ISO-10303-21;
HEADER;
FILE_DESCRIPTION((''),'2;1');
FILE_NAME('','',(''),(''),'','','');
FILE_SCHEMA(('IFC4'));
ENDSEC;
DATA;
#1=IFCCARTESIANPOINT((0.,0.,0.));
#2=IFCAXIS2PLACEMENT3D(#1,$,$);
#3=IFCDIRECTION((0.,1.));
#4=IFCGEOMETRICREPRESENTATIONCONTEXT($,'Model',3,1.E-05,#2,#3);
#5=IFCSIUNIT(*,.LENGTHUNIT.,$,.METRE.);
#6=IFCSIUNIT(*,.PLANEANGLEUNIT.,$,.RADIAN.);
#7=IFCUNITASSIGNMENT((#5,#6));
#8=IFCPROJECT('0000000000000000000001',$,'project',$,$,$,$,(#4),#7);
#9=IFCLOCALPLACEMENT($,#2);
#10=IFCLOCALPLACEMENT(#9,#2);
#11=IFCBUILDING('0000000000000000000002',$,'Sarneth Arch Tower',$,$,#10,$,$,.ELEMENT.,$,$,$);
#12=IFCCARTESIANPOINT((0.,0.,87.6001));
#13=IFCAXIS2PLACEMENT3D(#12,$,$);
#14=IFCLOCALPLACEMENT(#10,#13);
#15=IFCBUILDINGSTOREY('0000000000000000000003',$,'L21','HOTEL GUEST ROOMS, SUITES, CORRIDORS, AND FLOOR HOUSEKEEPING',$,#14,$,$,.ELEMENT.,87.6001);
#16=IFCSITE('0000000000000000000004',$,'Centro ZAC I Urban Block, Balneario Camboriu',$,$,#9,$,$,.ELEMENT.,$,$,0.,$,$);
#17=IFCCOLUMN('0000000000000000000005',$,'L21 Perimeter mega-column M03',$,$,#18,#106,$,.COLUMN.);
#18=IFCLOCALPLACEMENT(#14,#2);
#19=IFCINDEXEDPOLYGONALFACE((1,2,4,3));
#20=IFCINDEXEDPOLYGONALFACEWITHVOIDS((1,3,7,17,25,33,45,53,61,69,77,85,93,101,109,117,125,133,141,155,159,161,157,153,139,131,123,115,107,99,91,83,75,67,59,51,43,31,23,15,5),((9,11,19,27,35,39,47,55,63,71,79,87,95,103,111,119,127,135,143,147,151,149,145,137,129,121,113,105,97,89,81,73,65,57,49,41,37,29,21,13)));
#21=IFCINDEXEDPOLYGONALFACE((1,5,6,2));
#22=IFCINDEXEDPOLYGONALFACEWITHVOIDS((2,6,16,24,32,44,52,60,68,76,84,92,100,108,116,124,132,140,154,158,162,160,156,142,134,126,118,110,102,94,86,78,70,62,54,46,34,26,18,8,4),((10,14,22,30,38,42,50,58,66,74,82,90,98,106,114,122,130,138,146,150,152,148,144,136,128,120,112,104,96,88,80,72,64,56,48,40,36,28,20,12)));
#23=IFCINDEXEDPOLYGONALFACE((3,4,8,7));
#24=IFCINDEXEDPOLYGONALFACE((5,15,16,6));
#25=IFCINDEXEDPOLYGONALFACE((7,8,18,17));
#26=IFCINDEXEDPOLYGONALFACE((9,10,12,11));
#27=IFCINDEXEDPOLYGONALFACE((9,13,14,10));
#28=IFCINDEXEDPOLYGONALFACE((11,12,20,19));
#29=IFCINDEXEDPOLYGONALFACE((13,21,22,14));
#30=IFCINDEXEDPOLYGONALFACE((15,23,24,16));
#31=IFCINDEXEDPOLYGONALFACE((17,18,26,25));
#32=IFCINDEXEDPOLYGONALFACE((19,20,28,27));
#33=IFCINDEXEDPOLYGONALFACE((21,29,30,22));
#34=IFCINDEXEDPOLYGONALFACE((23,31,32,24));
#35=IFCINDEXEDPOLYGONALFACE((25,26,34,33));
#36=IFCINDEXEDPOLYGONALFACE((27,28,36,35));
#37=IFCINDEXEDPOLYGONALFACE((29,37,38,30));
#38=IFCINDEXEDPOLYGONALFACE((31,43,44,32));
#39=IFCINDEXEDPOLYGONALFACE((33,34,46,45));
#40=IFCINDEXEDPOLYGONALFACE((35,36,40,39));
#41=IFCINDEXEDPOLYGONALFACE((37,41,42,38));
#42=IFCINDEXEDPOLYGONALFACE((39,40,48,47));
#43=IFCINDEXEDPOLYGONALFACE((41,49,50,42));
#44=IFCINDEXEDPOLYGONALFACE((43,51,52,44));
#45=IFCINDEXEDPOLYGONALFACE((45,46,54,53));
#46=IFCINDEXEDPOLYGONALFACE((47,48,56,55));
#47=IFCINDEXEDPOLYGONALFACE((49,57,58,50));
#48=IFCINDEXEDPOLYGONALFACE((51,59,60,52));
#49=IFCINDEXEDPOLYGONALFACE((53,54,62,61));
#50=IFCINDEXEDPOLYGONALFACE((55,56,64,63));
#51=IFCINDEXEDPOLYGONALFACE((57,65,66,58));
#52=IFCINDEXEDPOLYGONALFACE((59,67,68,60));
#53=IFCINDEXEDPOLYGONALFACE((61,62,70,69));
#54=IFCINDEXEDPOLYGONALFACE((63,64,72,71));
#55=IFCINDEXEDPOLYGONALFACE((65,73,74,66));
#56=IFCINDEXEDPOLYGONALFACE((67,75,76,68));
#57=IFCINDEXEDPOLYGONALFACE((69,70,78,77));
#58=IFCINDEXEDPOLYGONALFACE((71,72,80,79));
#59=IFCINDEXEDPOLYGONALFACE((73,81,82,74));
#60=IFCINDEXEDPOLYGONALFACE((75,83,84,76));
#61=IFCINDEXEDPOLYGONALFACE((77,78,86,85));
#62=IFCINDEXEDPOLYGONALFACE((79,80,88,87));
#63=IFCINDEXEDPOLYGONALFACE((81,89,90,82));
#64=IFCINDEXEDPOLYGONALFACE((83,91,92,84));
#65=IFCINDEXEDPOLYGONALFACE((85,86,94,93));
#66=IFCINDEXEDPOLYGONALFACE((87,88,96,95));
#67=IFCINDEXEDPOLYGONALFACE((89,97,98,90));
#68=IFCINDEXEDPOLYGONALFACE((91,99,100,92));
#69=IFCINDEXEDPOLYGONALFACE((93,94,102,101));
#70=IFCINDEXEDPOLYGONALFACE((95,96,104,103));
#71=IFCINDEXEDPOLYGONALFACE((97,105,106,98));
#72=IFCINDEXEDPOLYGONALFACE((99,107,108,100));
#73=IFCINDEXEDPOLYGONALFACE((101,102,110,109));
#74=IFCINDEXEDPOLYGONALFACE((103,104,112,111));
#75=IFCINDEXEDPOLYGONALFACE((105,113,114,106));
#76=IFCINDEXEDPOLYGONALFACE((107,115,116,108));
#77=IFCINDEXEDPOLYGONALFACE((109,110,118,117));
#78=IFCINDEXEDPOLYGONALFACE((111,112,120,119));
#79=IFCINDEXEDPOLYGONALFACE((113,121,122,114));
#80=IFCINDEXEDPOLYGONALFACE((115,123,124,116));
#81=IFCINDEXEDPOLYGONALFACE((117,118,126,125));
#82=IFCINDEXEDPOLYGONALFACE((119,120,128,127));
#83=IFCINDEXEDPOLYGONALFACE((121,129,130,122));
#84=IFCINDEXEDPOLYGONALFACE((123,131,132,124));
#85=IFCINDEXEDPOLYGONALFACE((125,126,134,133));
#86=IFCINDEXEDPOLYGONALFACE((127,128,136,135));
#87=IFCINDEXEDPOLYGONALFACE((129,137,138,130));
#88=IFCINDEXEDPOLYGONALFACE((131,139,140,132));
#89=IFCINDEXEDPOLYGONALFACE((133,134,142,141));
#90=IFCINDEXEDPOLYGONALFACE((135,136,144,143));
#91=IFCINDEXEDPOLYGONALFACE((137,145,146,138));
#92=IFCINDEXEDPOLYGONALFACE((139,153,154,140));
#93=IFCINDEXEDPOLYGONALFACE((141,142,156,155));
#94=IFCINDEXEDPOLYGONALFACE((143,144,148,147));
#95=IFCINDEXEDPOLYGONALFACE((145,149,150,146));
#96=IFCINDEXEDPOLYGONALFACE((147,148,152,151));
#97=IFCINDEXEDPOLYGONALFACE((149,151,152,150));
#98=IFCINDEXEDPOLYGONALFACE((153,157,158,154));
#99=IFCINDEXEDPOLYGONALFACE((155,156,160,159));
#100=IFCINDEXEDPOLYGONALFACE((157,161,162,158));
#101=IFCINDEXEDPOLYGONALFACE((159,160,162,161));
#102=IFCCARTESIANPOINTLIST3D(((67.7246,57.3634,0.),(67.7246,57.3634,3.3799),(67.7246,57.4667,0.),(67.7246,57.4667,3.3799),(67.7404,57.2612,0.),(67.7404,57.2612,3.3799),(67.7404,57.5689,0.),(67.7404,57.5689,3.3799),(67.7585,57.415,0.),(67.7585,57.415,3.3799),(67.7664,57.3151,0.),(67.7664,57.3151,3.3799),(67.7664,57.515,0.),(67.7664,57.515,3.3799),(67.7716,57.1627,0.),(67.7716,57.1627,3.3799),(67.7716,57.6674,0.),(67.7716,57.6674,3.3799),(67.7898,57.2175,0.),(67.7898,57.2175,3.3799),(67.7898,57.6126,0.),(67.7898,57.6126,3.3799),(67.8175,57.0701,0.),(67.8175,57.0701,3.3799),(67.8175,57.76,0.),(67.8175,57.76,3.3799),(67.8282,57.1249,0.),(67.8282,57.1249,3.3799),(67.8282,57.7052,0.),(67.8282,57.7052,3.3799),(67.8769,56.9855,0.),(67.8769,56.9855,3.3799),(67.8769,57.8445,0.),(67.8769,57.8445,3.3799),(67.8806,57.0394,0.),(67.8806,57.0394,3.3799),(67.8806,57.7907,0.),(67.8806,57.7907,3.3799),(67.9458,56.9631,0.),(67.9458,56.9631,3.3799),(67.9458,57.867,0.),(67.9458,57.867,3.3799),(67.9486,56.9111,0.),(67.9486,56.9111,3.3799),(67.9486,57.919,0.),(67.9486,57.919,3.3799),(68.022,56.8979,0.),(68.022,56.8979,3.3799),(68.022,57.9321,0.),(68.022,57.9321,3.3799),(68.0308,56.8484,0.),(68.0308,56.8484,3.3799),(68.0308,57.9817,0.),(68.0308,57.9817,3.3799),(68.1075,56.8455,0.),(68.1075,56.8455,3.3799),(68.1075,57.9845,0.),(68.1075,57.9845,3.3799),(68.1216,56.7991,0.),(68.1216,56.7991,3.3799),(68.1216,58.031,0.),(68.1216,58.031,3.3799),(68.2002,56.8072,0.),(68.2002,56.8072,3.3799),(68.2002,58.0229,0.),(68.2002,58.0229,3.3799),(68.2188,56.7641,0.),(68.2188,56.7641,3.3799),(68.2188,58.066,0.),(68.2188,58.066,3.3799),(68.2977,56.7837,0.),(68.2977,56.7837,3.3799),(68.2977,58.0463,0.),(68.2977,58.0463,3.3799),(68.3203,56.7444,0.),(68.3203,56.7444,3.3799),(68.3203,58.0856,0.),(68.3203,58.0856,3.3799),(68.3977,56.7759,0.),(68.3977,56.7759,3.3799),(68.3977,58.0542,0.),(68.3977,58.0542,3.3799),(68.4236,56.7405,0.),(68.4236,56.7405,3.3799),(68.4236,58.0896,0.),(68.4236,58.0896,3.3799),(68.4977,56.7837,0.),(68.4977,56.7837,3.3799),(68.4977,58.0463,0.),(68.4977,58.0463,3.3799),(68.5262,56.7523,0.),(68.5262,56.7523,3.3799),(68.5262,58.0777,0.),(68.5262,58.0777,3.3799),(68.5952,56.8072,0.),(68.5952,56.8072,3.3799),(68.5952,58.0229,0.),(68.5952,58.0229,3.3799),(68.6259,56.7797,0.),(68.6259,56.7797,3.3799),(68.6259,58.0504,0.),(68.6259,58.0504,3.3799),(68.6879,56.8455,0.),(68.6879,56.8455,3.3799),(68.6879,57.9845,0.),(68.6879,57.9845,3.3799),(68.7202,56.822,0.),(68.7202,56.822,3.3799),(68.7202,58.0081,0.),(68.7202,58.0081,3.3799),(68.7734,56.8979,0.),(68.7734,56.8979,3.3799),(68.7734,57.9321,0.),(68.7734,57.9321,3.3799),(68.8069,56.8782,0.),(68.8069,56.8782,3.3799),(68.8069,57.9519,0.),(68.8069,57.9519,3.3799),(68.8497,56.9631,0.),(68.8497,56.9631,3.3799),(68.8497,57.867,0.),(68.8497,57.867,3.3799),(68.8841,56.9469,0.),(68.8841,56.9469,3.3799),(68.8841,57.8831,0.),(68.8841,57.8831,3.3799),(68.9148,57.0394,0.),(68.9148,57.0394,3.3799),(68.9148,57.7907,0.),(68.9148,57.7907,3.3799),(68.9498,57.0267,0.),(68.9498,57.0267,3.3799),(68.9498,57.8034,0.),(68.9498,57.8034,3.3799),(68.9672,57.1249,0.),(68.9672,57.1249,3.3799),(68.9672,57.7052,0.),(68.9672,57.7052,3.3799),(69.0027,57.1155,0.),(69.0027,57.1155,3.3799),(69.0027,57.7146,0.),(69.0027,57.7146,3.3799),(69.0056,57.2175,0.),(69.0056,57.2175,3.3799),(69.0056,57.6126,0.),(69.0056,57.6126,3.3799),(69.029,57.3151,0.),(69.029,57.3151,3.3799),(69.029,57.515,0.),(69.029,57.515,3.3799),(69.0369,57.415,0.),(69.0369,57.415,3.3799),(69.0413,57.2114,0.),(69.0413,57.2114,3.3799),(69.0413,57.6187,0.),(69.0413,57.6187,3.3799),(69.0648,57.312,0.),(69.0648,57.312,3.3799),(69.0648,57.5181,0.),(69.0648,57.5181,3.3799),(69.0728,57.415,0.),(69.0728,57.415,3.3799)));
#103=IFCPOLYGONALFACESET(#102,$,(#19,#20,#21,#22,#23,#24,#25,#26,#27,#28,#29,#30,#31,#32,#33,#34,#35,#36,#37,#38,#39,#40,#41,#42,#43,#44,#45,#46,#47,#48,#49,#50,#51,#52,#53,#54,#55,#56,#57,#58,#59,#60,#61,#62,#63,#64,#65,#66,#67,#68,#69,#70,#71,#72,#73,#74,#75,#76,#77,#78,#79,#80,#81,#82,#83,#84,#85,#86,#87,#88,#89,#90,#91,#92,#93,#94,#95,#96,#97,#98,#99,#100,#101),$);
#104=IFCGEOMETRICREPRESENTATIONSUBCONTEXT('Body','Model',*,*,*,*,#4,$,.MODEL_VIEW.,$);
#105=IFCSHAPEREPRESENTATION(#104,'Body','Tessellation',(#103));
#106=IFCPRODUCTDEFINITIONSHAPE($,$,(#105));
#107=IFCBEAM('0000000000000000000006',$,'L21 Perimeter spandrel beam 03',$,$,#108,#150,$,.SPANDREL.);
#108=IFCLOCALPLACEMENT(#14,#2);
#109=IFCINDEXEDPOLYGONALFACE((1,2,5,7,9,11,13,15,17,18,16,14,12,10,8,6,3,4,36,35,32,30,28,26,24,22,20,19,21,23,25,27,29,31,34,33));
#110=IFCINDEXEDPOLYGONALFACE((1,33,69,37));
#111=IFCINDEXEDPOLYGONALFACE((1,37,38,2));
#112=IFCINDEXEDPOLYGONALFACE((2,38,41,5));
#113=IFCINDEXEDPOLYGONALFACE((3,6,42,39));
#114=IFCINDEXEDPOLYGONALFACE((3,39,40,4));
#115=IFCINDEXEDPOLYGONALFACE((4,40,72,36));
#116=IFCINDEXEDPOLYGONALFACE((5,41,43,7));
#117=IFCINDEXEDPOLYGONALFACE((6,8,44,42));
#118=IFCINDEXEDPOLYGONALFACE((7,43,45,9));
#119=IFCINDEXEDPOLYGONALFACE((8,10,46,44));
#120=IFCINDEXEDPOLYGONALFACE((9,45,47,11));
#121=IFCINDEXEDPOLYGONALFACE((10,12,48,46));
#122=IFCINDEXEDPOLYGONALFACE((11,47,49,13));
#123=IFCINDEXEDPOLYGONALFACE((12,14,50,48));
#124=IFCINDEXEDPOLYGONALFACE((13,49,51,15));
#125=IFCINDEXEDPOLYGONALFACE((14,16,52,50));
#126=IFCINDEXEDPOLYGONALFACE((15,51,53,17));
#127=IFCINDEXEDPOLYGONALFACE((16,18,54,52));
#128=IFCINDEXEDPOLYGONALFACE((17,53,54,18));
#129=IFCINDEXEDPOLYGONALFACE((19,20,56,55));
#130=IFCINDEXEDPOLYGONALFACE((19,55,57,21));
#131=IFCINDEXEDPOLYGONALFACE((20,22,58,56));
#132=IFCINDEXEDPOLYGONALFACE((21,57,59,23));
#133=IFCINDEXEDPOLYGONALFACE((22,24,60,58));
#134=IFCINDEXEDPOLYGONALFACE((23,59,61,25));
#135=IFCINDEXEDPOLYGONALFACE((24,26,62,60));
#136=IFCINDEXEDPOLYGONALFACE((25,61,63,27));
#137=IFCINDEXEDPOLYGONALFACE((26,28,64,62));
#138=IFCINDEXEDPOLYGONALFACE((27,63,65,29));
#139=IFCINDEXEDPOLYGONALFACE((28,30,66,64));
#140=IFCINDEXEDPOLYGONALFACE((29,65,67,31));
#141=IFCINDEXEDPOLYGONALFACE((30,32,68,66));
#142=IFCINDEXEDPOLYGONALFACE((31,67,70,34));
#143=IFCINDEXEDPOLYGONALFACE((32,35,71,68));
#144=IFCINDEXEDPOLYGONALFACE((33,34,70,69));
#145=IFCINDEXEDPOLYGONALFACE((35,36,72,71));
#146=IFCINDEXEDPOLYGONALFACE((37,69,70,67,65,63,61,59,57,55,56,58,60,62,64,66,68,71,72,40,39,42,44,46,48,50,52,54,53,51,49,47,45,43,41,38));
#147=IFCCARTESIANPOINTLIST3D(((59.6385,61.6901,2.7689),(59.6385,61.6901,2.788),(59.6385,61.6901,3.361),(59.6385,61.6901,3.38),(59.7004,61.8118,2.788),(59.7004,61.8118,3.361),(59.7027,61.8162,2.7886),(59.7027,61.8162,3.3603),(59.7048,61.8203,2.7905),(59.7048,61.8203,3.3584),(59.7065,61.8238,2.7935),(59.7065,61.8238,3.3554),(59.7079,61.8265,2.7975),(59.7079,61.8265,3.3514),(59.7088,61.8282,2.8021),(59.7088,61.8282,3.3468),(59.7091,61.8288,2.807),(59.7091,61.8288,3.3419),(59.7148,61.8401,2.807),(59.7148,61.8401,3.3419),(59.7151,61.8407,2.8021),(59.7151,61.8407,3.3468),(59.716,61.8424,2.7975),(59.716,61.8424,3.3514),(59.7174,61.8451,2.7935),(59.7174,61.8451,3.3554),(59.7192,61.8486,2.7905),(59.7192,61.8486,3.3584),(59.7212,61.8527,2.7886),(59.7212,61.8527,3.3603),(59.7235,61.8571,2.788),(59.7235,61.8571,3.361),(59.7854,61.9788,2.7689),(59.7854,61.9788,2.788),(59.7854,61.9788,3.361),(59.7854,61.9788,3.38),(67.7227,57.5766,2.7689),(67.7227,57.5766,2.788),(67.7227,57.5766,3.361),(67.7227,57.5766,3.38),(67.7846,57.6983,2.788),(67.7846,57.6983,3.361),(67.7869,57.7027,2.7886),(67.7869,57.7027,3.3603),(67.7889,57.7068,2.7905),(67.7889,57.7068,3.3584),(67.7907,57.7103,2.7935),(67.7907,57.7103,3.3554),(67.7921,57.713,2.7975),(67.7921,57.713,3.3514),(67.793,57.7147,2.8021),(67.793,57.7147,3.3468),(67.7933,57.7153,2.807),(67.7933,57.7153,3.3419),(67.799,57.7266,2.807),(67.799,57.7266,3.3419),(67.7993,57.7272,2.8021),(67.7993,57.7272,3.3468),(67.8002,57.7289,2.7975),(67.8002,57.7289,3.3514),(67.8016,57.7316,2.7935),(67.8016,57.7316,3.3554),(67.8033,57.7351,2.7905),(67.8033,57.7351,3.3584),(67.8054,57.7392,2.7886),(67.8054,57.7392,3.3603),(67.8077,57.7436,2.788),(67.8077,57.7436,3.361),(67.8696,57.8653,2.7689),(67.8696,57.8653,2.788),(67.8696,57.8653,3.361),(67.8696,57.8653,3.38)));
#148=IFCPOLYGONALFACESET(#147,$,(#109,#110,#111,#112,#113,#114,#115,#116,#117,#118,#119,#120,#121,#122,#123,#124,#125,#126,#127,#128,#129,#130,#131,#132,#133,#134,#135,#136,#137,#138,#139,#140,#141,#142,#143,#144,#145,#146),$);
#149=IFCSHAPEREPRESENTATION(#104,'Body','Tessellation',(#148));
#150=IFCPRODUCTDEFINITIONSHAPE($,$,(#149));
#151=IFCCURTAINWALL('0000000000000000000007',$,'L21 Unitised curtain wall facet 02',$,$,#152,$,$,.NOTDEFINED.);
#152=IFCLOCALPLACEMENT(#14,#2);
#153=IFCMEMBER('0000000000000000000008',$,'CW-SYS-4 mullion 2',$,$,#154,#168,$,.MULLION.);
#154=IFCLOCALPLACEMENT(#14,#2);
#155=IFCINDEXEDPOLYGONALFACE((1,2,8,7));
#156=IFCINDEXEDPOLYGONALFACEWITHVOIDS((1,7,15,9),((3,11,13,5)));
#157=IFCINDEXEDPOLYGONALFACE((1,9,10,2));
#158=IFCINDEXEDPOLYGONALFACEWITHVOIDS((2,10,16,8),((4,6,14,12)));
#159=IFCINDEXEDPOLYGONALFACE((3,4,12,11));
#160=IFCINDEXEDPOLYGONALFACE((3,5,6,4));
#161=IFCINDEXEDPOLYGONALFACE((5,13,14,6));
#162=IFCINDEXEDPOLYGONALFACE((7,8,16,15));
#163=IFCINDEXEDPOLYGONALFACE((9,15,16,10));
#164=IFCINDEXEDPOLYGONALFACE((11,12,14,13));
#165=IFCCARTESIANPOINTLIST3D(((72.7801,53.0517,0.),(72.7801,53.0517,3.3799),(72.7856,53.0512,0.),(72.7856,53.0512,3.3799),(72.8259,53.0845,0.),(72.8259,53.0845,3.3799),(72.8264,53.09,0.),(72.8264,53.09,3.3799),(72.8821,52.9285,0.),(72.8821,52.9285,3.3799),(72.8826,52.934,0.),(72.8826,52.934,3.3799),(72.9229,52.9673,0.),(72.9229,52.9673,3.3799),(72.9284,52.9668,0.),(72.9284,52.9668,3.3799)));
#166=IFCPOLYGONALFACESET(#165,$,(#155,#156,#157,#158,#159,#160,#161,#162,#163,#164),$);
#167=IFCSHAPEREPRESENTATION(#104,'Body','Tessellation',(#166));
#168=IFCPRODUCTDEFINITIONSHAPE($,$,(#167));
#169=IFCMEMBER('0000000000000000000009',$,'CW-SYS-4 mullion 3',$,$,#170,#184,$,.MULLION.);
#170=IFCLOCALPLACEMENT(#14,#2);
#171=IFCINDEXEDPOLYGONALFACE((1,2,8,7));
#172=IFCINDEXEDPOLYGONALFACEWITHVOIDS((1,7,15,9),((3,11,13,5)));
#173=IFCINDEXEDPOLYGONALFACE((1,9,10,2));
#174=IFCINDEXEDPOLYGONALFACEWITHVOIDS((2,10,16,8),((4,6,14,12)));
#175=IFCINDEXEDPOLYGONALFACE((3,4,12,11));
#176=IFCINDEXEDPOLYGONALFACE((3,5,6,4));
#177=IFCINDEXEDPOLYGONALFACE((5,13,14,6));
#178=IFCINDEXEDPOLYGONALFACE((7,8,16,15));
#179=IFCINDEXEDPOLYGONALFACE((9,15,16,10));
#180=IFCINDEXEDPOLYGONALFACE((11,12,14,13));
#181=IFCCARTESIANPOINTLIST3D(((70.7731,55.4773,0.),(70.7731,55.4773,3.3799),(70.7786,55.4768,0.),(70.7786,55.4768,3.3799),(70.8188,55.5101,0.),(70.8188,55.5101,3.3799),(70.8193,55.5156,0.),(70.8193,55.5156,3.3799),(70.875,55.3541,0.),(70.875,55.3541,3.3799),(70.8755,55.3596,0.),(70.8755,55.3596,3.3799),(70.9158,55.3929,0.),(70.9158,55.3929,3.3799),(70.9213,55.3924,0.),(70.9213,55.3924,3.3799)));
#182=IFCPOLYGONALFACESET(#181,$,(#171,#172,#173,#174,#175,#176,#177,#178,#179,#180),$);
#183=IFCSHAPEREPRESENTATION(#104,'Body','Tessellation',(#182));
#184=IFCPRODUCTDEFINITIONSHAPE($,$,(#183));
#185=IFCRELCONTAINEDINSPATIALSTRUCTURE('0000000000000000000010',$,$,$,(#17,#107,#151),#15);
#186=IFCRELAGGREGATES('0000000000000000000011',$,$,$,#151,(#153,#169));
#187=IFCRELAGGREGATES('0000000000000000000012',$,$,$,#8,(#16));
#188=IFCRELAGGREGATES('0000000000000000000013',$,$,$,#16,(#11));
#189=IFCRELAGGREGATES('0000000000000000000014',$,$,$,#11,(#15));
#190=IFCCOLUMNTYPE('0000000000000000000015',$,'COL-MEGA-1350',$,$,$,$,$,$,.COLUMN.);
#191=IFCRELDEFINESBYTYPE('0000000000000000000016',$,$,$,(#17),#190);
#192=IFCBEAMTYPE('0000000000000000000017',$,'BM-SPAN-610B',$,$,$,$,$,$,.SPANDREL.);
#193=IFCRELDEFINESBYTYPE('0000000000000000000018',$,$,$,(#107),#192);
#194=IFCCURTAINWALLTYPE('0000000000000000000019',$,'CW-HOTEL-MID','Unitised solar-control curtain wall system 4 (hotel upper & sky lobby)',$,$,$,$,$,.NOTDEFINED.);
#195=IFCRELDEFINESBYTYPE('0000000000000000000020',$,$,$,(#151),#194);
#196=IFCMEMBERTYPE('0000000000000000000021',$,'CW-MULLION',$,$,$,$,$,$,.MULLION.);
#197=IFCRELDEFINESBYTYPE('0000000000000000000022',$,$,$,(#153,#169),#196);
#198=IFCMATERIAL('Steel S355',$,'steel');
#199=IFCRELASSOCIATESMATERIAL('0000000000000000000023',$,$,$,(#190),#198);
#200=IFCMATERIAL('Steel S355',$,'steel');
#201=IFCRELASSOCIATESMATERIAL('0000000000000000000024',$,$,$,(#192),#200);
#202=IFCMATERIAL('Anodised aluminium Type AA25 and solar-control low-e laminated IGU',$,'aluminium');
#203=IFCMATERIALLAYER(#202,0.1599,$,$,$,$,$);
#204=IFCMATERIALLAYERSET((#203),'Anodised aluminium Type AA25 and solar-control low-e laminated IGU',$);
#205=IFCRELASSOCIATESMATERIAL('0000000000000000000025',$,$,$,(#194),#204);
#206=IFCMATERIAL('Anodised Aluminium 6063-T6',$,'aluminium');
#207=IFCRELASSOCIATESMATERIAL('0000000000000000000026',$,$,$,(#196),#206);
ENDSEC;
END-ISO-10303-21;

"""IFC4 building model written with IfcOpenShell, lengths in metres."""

from ifc_helpers import new_model, si_unit, direction, frame, origin, origin_2d, place, context, subcontext, project, spatial, hollow_rectangle, hollow_circle, i_section, extrude, material, layer, layer_set, material_profile, profile_set, type_object, element, aggregate, save


model = new_model("IFC4")

# Units and contexts
model_context = context("Model", 3, precision=1e-05, world=origin(), true_north=direction((0.0, 1.0)))
body_context = subcontext(model_context, "Body", "Model", "MODEL_VIEW")
ifc_project = project(units=[si_unit("LENGTHUNIT", "METRE"), si_unit("PLANEANGLEUNIT", "RADIAN")], contexts=[model_context])

# Site, building, storey
site_placement = place(None, origin())
site = spatial("IfcSite", under=ifc_project, at=site_placement, Name="Centro ZAC I Urban Block, Balneario Camboriu", CompositionType="ELEMENT", RefElevation=0.0)
building_placement = place(site_placement, origin())
building = spatial("IfcBuilding", under=site, at=building_placement, Name="Sarneth Arch Tower", CompositionType="ELEMENT")
storey_placement = place(building_placement, frame((0.0, 0.0, 87.6001)))
storey = spatial("IfcBuildingStorey", under=building, at=storey_placement, Name="L21", Description="HOTEL GUEST ROOMS, SUITES, CORRIDORS, AND FLOOR HOUSEKEEPING", CompositionType="ELEMENT", Elevation=87.6001)

# Column
ifc_material_1 = material(Name="Steel S355", Category="steel")
ifc_material_profile_1 = material_profile(ifc_material_1, hollow_circle(Radius=0.675, WallThickness=0.0359, at=origin_2d()), Name="CHS1350x36")
ifc_profile_set_1 = profile_set([ifc_material_profile_1], Name="Steel S355")
column_type = type_object("IfcColumnType", Name="COL-MEGA-1350", PredefinedType="COLUMN", material=ifc_profile_set_1)
column_placement = place(storey_placement, frame((68.3977, 57.415, 0.0), z_axis=(0.0, 0.0, 1.0), x_axis=(1.0, 0.0, 0.0)))
element("IfcColumn", 1, at=column_placement, inside=storey, type_object=column_type, Name="L21 Perimeter mega-column M03", PredefinedType="COLUMN", context=body_context, shape_type="SweptSolid", body=[
    extrude(hollow_circle(Radius=0.675, WallThickness=0.0359, at=origin_2d()), origin(), (0.0, 0.0, 1.0), 3.3799),
])

# Beam
ifc_material_2 = material(Name="Steel S355", Category="steel")
ifc_material_profile_2 = material_profile(ifc_material_2, i_section(OverallWidth=0.324, OverallDepth=0.6111, WebThickness=0.0127, FlangeThickness=0.019, FilletRadius=0.019, at=origin_2d()), Name="W610x155")
ifc_profile_set_2 = profile_set([ifc_material_profile_2], Name="Steel S355")
beam_type = type_object("IfcBeamType", Name="BM-SPAN-610B", PredefinedType="SPANDREL", material=ifc_profile_set_2)
beam_placement = place(storey_placement, frame((67.7961, 57.7209, 3.0745), z_axis=(-0.891256, 0.453501, 0.0), x_axis=(-0.453501, -0.891256, 0.0)))
element("IfcBeam", 2, at=beam_placement, inside=storey, type_object=beam_type, Name="L21 Perimeter spandrel beam 03", PredefinedType="SPANDREL", context=body_context, shape_type="SweptSolid", body=[
    extrude(i_section(OverallWidth=0.324, OverallDepth=0.6111, WebThickness=0.0127, FlangeThickness=0.019, FilletRadius=0.019, at=origin_2d()), origin(), (0.0, 0.0, 1.0), 9.0706),
])

# Curtain wall, members
ifc_material_3 = material(Name="Anodised aluminium Type AA25 and solar-control low-e laminated IGU", Category="aluminium")
ifc_layer_1 = layer(ifc_material_3, 0.1599)
ifc_layer_set_1 = layer_set([ifc_layer_1], Name="Anodised aluminium Type AA25 and solar-control low-e laminated IGU")
curtain_wall_type = type_object("IfcCurtainWallType", Name="CW-HOTEL-MID", Description="Unitised solar-control curtain wall system 4 (hotel upper & sky lobby)", PredefinedType="NOTDEFINED", material=ifc_layer_set_1)
curtain_wall_placement = place(storey_placement, origin())
curtain_wall = element("IfcCurtainWall", 3, at=curtain_wall_placement, inside=storey, type_object=curtain_wall_type, Name="L21 Unitised curtain wall facet 02", PredefinedType="NOTDEFINED")
ifc_material_4 = material(Name="Anodised Aluminium 6063-T6", Category="aluminium")
ifc_material_profile_3 = material_profile(ifc_material_4, hollow_rectangle(XDim=0.0601, YDim=0.1599, WallThickness=0.0039, at=origin_2d()), Name="AL-MULL-160x60x4")
ifc_profile_set_3 = profile_set([ifc_material_profile_3], Name="Anodised Aluminium 6063-T6")
member_type_1 = type_object("IfcMemberType", Name="CW-MULLION", PredefinedType="MULLION", material=ifc_profile_set_3)
member_1_placement = place(storey_placement, frame((72.8542, 53.0093, 0.0), z_axis=(0.0, 0.0, 1.0), x_axis=(-0.770438, -0.637515, 0.0)))
member_1 = element("IfcMember", 4, at=member_1_placement, type_object=member_type_1, Name="CW-SYS-4 mullion 2", PredefinedType="MULLION", context=body_context, shape_type="SweptSolid", body=[
    extrude(hollow_rectangle(XDim=0.0601, YDim=0.1599, WallThickness=0.0039, at=origin_2d()), origin(), (0.0, 0.0, 1.0), 3.3799),
])
member_2_placement = place(storey_placement, frame((70.8472, 55.4348, 0.0), z_axis=(0.0, 0.0, 1.0), x_axis=(-0.770438, -0.637515, 0.0)))
member_2 = element("IfcMember", 5, at=member_2_placement, type_object=member_type_1, Name="CW-SYS-4 mullion 3", PredefinedType="MULLION", context=body_context, shape_type="SweptSolid", body=[
    extrude(hollow_rectangle(XDim=0.0601, YDim=0.1599, WallThickness=0.0039, at=origin_2d()), origin(), (0.0, 0.0, 1.0), 3.3799),
])

aggregate(curtain_wall, [member_1, member_2])

save(model, "model.ifc")
